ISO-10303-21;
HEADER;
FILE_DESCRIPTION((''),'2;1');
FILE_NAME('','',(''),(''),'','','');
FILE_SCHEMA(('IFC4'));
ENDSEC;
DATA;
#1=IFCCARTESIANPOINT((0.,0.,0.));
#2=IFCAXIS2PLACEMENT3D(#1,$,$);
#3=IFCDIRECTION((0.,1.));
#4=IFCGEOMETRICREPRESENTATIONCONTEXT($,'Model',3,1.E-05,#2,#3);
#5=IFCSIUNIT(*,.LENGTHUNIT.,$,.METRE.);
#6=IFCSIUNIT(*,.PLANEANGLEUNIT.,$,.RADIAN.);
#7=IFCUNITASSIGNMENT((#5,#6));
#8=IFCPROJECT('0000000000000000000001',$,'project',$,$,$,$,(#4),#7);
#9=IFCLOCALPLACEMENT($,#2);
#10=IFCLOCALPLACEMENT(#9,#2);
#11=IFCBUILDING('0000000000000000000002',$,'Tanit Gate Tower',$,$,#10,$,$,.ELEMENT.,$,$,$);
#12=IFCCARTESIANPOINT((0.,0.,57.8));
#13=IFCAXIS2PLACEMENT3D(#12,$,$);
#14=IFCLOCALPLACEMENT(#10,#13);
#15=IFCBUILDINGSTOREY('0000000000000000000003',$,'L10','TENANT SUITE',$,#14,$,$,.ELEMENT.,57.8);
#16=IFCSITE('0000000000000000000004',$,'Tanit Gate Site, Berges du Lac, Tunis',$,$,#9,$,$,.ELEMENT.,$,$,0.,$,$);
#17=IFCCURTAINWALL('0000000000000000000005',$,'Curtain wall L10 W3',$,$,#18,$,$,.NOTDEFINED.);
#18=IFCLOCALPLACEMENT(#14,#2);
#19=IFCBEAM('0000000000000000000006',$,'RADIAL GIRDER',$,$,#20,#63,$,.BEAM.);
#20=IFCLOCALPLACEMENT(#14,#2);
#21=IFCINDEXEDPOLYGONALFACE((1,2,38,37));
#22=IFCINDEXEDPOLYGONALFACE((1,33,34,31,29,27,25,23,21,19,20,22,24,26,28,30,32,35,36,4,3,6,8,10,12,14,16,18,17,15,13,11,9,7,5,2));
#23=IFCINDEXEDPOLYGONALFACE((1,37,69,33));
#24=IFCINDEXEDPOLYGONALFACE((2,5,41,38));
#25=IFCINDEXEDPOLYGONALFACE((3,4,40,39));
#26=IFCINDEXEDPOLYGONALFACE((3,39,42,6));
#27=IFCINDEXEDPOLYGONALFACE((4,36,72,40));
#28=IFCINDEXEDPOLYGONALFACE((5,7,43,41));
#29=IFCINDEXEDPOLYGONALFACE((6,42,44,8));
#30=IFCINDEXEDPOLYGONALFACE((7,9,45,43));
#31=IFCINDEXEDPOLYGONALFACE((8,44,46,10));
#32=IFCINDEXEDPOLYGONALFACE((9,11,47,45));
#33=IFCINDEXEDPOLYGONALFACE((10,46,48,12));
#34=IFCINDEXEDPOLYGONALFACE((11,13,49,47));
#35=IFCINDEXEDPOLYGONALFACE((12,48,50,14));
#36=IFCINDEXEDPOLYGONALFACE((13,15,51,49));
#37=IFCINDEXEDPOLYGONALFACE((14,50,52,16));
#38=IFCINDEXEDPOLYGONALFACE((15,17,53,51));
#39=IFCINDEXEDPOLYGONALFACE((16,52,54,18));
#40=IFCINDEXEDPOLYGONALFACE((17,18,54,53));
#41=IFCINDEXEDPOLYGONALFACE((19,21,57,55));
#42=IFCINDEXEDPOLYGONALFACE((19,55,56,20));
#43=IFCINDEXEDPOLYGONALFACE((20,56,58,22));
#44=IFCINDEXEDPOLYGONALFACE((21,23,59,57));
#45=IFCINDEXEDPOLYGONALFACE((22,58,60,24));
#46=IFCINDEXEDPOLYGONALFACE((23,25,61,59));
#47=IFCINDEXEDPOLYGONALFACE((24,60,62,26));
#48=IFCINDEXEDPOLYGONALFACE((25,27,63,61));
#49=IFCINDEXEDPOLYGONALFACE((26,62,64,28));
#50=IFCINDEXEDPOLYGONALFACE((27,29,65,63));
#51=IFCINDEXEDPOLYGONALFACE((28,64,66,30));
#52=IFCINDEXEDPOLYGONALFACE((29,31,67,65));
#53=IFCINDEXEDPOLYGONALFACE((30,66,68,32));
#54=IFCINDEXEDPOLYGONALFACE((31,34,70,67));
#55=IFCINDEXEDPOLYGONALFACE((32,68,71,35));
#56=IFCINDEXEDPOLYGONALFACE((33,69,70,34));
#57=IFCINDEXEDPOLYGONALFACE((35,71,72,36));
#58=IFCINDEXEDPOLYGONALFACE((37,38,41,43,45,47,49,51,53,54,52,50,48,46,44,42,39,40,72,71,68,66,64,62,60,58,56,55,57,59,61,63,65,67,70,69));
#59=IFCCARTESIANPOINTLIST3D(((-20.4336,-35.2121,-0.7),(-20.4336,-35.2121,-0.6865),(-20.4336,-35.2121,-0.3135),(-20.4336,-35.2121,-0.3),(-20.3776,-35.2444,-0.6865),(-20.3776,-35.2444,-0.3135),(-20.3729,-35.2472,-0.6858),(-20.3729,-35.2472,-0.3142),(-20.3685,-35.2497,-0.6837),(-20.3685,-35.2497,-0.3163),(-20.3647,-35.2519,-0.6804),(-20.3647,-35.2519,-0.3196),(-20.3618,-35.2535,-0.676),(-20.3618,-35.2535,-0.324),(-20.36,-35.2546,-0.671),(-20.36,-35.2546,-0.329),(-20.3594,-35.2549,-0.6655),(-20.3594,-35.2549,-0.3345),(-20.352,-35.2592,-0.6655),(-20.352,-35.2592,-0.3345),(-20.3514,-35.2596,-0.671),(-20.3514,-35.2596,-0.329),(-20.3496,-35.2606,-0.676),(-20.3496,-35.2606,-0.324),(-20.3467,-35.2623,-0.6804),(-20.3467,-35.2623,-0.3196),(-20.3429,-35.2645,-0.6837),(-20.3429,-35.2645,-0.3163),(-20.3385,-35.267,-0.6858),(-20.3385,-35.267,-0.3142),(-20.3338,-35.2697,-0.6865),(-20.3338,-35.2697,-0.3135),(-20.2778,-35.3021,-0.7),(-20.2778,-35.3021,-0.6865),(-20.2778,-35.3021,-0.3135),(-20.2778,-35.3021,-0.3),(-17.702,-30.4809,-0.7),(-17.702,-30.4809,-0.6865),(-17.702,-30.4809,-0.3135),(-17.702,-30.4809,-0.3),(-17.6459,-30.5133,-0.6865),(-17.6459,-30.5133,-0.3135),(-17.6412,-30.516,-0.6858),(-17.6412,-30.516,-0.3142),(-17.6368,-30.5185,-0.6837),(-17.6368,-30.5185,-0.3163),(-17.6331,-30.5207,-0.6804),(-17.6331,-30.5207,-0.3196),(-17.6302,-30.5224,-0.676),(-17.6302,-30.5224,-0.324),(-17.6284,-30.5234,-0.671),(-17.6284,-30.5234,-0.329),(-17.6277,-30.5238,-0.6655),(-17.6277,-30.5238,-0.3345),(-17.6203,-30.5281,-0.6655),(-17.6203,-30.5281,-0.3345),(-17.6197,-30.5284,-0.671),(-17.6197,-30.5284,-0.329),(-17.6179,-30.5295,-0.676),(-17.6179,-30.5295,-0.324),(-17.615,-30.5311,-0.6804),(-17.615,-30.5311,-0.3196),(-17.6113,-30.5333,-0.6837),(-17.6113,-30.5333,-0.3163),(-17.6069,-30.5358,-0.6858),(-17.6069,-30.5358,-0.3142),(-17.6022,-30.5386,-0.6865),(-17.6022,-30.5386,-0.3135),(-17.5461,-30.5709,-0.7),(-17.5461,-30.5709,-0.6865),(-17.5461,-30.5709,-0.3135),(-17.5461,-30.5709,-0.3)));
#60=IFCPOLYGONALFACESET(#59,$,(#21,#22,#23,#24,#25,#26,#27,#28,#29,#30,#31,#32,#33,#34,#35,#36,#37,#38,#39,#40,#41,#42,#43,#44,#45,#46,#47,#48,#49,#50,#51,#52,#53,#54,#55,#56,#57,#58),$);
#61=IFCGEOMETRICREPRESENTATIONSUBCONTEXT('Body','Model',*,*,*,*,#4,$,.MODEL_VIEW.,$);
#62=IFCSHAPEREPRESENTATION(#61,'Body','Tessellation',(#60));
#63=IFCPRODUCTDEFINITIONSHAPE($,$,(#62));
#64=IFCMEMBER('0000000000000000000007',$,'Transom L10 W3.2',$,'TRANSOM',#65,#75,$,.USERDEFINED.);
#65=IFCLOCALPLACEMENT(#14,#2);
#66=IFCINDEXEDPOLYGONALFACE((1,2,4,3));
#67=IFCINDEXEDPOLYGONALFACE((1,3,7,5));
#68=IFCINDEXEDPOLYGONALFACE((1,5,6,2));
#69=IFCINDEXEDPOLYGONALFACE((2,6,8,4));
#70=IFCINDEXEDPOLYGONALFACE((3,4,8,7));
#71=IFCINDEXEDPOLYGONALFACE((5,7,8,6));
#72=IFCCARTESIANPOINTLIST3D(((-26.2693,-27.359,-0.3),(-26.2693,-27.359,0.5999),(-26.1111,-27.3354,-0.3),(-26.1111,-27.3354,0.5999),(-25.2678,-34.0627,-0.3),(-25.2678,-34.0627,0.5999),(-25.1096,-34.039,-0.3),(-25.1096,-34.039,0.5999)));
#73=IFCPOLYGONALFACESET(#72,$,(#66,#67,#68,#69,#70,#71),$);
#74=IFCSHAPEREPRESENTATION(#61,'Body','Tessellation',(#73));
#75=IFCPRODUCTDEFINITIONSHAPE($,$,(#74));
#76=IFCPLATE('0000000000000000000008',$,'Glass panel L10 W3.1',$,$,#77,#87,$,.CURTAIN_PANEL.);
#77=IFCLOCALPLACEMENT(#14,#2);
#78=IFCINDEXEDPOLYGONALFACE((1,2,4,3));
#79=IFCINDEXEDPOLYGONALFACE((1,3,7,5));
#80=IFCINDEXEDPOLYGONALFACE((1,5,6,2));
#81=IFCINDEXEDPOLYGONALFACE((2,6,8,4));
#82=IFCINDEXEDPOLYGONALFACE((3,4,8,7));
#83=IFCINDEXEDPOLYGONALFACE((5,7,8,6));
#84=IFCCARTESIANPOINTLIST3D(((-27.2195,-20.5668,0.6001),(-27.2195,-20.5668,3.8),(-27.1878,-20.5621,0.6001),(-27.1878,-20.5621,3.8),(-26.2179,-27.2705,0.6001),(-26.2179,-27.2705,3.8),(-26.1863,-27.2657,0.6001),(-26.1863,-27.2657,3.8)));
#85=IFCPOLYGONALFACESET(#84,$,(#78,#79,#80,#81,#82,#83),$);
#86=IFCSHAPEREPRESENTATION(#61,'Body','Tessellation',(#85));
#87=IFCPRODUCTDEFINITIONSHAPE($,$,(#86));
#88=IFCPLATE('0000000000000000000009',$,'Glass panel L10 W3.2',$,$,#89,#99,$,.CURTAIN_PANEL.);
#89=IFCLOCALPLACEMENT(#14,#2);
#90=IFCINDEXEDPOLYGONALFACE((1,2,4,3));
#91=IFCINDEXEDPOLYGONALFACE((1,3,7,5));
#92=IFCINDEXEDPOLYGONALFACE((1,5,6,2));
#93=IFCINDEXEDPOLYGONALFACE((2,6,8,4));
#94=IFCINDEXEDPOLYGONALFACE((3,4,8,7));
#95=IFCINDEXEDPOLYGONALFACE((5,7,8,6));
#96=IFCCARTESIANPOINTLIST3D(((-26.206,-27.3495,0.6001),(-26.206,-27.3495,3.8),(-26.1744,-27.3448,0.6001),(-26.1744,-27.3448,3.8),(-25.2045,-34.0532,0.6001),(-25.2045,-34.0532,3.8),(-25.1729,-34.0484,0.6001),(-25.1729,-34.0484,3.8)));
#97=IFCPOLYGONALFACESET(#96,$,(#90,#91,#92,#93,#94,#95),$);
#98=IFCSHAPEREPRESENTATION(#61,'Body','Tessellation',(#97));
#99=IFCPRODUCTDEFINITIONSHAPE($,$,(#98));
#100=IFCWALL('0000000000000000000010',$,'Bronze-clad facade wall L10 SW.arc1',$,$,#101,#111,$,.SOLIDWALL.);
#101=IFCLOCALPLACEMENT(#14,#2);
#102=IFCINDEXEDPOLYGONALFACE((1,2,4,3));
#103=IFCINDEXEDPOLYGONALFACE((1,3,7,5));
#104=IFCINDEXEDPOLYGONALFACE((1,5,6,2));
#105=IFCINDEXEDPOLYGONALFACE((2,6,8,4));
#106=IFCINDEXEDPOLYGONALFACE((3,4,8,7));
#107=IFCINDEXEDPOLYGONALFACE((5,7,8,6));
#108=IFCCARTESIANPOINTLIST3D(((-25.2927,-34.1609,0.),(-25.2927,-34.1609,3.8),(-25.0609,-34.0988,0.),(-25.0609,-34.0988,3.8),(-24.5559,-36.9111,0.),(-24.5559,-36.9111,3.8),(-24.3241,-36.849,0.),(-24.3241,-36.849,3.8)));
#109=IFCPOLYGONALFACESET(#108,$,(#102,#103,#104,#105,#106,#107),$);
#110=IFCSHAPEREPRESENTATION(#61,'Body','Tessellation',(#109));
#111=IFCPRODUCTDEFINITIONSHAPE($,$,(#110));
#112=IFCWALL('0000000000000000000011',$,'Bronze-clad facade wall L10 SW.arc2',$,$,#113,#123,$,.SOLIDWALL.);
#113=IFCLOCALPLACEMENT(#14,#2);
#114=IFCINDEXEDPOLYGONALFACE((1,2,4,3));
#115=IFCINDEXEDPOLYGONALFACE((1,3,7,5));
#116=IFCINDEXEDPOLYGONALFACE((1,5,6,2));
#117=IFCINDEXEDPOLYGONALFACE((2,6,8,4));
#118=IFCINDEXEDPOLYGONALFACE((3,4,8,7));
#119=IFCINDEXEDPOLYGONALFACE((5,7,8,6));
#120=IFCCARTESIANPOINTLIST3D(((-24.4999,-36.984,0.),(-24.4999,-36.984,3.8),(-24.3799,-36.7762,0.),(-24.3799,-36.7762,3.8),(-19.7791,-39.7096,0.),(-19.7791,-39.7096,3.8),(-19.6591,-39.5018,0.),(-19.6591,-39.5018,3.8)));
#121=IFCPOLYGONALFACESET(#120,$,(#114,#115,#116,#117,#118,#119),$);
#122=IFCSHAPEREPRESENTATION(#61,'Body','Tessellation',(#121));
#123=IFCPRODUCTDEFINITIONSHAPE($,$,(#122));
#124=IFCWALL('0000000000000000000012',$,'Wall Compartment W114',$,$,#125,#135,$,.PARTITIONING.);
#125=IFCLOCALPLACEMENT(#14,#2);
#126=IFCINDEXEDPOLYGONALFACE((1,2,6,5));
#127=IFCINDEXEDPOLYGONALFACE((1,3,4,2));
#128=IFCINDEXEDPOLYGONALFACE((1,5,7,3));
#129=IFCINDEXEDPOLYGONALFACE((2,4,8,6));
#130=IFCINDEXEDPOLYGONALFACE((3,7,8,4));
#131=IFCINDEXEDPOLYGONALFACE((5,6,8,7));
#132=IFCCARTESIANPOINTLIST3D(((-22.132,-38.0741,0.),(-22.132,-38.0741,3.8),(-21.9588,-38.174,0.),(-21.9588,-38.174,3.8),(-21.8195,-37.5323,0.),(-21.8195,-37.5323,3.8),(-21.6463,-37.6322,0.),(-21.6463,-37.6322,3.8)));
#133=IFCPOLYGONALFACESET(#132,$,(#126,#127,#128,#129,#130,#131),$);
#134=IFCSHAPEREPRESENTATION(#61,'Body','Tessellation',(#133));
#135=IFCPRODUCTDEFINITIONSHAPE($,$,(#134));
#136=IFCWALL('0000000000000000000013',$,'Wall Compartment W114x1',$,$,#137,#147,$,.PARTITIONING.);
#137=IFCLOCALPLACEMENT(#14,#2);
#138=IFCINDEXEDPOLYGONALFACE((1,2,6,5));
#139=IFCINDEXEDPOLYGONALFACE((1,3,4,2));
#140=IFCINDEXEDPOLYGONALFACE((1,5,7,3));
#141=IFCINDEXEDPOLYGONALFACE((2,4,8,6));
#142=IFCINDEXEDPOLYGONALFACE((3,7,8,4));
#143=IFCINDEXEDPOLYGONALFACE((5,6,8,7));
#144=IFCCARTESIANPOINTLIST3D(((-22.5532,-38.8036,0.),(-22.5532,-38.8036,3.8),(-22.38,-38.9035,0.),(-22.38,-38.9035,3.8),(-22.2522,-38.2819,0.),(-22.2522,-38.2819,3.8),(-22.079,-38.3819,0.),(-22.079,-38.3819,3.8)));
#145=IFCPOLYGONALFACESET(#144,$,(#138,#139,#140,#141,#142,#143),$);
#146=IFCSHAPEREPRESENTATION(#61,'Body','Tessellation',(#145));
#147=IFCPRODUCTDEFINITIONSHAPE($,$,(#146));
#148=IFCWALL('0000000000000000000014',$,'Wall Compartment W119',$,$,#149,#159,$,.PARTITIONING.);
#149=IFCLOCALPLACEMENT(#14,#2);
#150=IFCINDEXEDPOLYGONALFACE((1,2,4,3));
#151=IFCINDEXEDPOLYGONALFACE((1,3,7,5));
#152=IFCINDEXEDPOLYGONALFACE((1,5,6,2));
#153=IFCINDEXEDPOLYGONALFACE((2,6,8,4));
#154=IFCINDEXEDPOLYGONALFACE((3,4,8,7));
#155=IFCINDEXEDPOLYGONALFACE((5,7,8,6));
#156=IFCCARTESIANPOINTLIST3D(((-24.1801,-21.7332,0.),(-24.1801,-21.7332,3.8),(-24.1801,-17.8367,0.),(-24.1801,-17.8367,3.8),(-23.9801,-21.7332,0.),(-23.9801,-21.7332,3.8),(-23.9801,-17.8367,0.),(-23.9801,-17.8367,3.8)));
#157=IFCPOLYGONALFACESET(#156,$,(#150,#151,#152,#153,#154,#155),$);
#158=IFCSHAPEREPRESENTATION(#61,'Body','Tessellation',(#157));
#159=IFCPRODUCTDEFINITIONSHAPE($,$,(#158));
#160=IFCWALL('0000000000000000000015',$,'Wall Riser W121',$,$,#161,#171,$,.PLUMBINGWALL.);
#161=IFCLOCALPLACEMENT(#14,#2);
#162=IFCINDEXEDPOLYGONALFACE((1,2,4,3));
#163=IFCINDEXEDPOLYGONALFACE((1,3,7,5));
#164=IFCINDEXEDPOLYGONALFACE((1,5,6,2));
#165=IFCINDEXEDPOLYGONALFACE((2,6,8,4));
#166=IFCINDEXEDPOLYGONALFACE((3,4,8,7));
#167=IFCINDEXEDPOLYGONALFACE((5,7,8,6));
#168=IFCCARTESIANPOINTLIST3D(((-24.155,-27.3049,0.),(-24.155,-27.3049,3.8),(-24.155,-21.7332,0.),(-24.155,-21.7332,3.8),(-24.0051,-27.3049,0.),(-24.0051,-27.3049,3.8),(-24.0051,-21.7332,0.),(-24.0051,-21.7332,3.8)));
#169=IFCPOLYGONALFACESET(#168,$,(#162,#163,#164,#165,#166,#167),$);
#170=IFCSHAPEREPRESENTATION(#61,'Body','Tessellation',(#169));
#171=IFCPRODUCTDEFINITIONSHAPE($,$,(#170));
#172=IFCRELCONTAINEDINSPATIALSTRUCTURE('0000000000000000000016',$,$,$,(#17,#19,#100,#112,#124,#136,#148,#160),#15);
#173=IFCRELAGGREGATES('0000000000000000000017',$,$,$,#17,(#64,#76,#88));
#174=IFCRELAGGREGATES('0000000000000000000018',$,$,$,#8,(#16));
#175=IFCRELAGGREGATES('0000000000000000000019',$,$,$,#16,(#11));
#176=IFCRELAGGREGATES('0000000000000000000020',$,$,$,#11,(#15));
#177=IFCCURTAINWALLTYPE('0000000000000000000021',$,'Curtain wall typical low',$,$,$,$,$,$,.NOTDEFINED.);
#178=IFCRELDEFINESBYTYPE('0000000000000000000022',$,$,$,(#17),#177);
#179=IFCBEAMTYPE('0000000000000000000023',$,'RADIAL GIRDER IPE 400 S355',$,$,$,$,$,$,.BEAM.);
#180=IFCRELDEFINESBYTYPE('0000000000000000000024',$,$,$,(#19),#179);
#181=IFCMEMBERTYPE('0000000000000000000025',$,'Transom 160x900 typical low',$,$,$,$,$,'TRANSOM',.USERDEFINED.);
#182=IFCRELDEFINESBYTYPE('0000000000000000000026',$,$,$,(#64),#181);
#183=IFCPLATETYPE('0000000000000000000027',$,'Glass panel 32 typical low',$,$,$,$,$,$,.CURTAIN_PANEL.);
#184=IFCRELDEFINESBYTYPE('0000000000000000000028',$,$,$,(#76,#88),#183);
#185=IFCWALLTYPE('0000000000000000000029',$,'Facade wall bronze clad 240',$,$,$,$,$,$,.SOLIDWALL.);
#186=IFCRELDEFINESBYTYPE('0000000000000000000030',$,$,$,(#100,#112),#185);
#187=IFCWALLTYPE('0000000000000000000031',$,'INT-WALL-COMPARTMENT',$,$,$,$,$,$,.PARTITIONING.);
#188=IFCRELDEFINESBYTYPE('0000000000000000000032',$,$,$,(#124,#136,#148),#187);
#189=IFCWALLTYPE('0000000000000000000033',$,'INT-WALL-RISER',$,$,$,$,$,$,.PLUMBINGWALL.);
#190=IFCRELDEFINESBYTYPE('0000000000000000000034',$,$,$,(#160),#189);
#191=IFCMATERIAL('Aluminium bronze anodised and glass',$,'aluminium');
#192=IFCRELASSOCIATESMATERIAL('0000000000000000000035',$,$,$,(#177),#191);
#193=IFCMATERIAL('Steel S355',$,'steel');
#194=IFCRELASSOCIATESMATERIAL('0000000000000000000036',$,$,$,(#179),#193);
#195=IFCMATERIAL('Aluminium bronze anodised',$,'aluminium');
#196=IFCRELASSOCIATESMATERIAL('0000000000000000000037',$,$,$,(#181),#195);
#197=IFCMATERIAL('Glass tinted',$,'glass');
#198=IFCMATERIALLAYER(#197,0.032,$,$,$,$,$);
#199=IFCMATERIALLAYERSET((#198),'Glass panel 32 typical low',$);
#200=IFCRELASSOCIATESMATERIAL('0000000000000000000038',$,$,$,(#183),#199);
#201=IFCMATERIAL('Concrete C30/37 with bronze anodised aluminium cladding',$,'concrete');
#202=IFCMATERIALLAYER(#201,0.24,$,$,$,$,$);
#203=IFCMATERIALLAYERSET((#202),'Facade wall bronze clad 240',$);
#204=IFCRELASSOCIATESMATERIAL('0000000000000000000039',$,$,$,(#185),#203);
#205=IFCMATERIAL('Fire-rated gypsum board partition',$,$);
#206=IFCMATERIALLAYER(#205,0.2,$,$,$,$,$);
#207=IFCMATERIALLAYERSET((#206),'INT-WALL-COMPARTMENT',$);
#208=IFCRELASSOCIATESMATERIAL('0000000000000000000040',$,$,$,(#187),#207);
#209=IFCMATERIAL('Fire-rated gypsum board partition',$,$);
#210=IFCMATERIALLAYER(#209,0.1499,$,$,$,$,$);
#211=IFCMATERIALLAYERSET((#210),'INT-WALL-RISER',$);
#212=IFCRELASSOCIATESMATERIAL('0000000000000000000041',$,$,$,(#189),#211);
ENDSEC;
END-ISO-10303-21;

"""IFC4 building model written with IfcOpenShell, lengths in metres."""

from ifc_helpers import new_model, si_unit, direction, frame, frame_2d, origin, origin_2d, place, context, subcontext, project, spatial, rectangle, i_section, extrude, material, layer, layer_set, material_profile, profile_set, type_object, element, aggregate, save


model = new_model("IFC4")

# Units and contexts
model_context = context("Model", 3, precision=1e-05, world=origin(), true_north=direction((0.0, 1.0)))
body_context = subcontext(model_context, "Body", "Model", "MODEL_VIEW")
ifc_project = project(units=[si_unit("LENGTHUNIT", "METRE"), si_unit("PLANEANGLEUNIT", "RADIAN")], contexts=[model_context])

# Site, building, storey
site_placement = place(None, origin())
site = spatial("IfcSite", under=ifc_project, at=site_placement, Name="Tanit Gate Site, Berges du Lac, Tunis", CompositionType="ELEMENT", RefElevation=0.0)
building_placement = place(site_placement, origin())
building = spatial("IfcBuilding", under=site, at=building_placement, Name="Tanit Gate Tower", CompositionType="ELEMENT")
storey_placement = place(building_placement, frame((0.0, 0.0, 57.8)))
storey = spatial("IfcBuildingStorey", under=building, at=storey_placement, Name="L10", Description="TENANT SUITE", CompositionType="ELEMENT", Elevation=57.8)

# Curtain wall
ifc_material_1 = material(Name="Aluminium bronze anodised and glass", Category="aluminium")
curtain_wall_type = type_object("IfcCurtainWallType", Name="Curtain wall typical low", PredefinedType="NOTDEFINED", material=ifc_material_1)
curtain_wall_placement = place(storey_placement, origin())
curtain_wall = element("IfcCurtainWall", 1, at=curtain_wall_placement, inside=storey, type_object=curtain_wall_type, Name="Curtain wall L10 W3", PredefinedType="NOTDEFINED")

# Beam
ifc_material_2 = material(Name="Steel S355", Category="steel")
ifc_material_profile_1 = material_profile(ifc_material_2, i_section(OverallWidth=0.1799, OverallDepth=0.3999, WebThickness=0.0085, FlangeThickness=0.0134, FilletRadius=0.021, at=origin_2d()), Name="IPE 400")
ifc_profile_set_1 = profile_set([ifc_material_profile_1], Name="Steel S355")
beam_type_1 = type_object("IfcBeamType", Name="RADIAL GIRDER IPE 400 S355", PredefinedType="BEAM", material=ifc_profile_set_1)
beam_1_placement = place(storey_placement, frame((-20.3557, -35.2571, -0.5), z_axis=(0.500018, 0.866015, 0.0), x_axis=(-0.866015, 0.500018, 0.0)))
element("IfcBeam", 2, at=beam_1_placement, inside=storey, type_object=beam_type_1, Name="RADIAL GIRDER", PredefinedType="BEAM", context=body_context, shape_type="SweptSolid", body=[
    extrude(i_section(OverallWidth=0.1799, OverallDepth=0.3999, WebThickness=0.0085, FlangeThickness=0.0134, FilletRadius=0.021, at=origin_2d()), origin(), (0.0, 0.0, 1.0), 5.4631),
])

# Member
ifc_material_3 = material(Name="Aluminium bronze anodised", Category="aluminium")
ifc_material_profile_2 = material_profile(ifc_material_3, rectangle(XDim=0.1599, YDim=0.8999, at=origin_2d()), Name="160x900 bronze transom")
ifc_profile_set_2 = profile_set([ifc_material_profile_2], Name="Aluminium bronze anodised")
member_type_1 = type_object("IfcMemberType", Name="Transom 160x900 typical low", ElementType="TRANSOM", PredefinedType="USERDEFINED", material=ifc_profile_set_2)
member_1_placement = place(storey_placement, frame((-26.1902, -27.3472, 0.1499), z_axis=(0.147752, -0.989024, 0.0), x_axis=(0.989024, 0.147752, 0.0)))
member_1 = element("IfcMember", 3, at=member_1_placement, type_object=member_type_1, Name="Transom L10 W3.2", ObjectType="TRANSOM", PredefinedType="USERDEFINED", context=body_context, shape_type="SweptSolid", body=[
    extrude(rectangle(XDim=0.1599, YDim=0.8999, at=origin_2d()), origin(), (0.0, 0.0, 1.0), 6.7781),
])

# Plates
ifc_material_4 = material(Name="Glass tinted", Category="glass")
ifc_layer_1 = layer(ifc_material_4, 0.032)
ifc_layer_set_1 = layer_set([ifc_layer_1], Name="Glass panel 32 typical low")
plate_type = type_object("IfcPlateType", Name="Glass panel 32 typical low", PredefinedType="CURTAIN_PANEL", material=ifc_layer_set_1)
plate_1_placement = place(storey_placement, frame((-26.7029, -23.9163, 0.6001), z_axis=(0.0, 0.0, 1.0), x_axis=(0.14776, -0.989023, 0.0)))
plate_1 = element("IfcPlate", 4, at=plate_1_placement, type_object=plate_type, Name="Glass panel L10 W3.1", PredefinedType="CURTAIN_PANEL", context=body_context, shape_type="SweptSolid", body=[
    extrude(rectangle(XDim=6.7781, YDim=0.032, at=origin_2d()), origin(), (0.0, 0.0, 1.0), 3.2),
])
plate_2_placement = place(storey_placement, frame((-25.6895, -30.699, 0.6001), z_axis=(0.0, 0.0, 1.0), x_axis=(0.14776, -0.989023, 0.0)))
plate_2 = element("IfcPlate", 5, at=plate_2_placement, type_object=plate_type, Name="Glass panel L10 W3.2", PredefinedType="CURTAIN_PANEL", context=body_context, shape_type="SweptSolid", body=[
    extrude(rectangle(XDim=6.7781, YDim=0.032, at=origin_2d()), origin(), (0.0, 0.0, 1.0), 3.2),
])
aggregate(curtain_wall, [member_1, plate_1, plate_2])

# Walls
ifc_material_5 = material(Name="Concrete C30/37 with bronze anodised aluminium cladding", Category="concrete")
ifc_layer_2 = layer(ifc_material_5, 0.24)
ifc_layer_set_2 = layer_set([ifc_layer_2], Name="Facade wall bronze clad 240")
wall_type_1 = type_object("IfcWallType", Name="Facade wall bronze clad 240", PredefinedType="SOLIDWALL", material=ifc_layer_set_2)
wall_1_placement = place(storey_placement, frame((-25.1768, -34.1299, 0.0), z_axis=(0.0, 0.0, 1.0), x_axis=(0.258783, -0.965935, 0.0)))
element("IfcWall", 6, at=wall_1_placement, inside=storey, type_object=wall_type_1, Name="Bronze-clad facade wall L10 SW.arc1", PredefinedType="SOLIDWALL", context=body_context, shape_type="SweptSolid", body=[
    extrude(rectangle(XDim=2.8472, YDim=0.24, at=frame_2d((1.4236, 0.0))), origin(), (0.0, 0.0, 1.0), 3.8),
])
wall_2_placement = place(storey_placement, frame((-24.4399, -36.8801, 0.0), z_axis=(0.0, 0.0, 1.0), x_axis=(0.86603, -0.499993, 0.0)))
element("IfcWall", 7, at=wall_2_placement, inside=storey, type_object=wall_type_1, Name="Bronze-clad facade wall L10 SW.arc2", PredefinedType="SOLIDWALL", context=body_context, shape_type="SweptSolid", body=[
    extrude(rectangle(XDim=5.4512, YDim=0.24, at=frame_2d((2.7256, 0.0))), origin(), (0.0, 0.0, 1.0), 3.8),
])
ifc_material_6 = material(Name="Fire-rated gypsum board partition")
ifc_layer_3 = layer(ifc_material_6, 0.2)
ifc_layer_set_3 = layer_set([ifc_layer_3], Name="INT-WALL-COMPARTMENT")
wall_type_2 = type_object("IfcWallType", Name="INT-WALL-COMPARTMENT", PredefinedType="PARTITIONING", material=ifc_layer_set_3)
wall_3_placement = place(storey_placement, frame((-21.7329, -37.5823, 0.0), z_axis=(0.0, 0.0, 1.0), x_axis=(-0.499666, -0.866218, 0.0)))
element("IfcWall", 8, at=wall_3_placement, inside=storey, type_object=wall_type_2, Name="Wall Compartment W114", PredefinedType="PARTITIONING", context=body_context, shape_type="SweptSolid", body=[
    extrude(rectangle(XDim=0.6255, YDim=0.2, at=frame_2d((0.3127, 0.0))), origin(), (0.0, 0.0, 1.0), 3.8),
])
wall_4_placement = place(storey_placement, frame((-22.1655, -38.3318, 0.0), z_axis=(0.0, 0.0, 1.0), x_axis=(-0.499758, -0.866165, 0.0)))
element("IfcWall", 9, at=wall_4_placement, inside=storey, type_object=wall_type_2, Name="Wall Compartment W114x1", PredefinedType="PARTITIONING", context=body_context, shape_type="SweptSolid", body=[
    extrude(rectangle(XDim=0.6023, YDim=0.2, at=frame_2d((0.3013, 0.0))), origin(), (0.0, 0.0, 1.0), 3.8),
])
wall_5_placement = place(storey_placement, frame((-24.0801, -21.7332, 0.0), z_axis=(0.0, 0.0, 1.0), x_axis=(0.0, 1.0, 0.0)))
element("IfcWall", 10, at=wall_5_placement, inside=storey, type_object=wall_type_2, Name="Wall Compartment W119", PredefinedType="PARTITIONING", context=body_context, shape_type="SweptSolid", body=[
    extrude(rectangle(XDim=3.8965, YDim=0.2, at=frame_2d((1.9482, 0.0))), origin(), (0.0, 0.0, 1.0), 3.8),
])
ifc_material_7 = material(Name="Fire-rated gypsum board partition")
ifc_layer_4 = layer(ifc_material_7, 0.1499)
ifc_layer_set_4 = layer_set([ifc_layer_4], Name="INT-WALL-RISER")
wall_type_3 = type_object("IfcWallType", Name="INT-WALL-RISER", PredefinedType="PLUMBINGWALL", material=ifc_layer_set_4)
wall_6_placement = place(storey_placement, frame((-24.0801, -27.3049, 0.0), z_axis=(0.0, 0.0, 1.0), x_axis=(0.0, 1.0, 0.0)))
element("IfcWall", 11, at=wall_6_placement, inside=storey, type_object=wall_type_3, Name="Wall Riser W121", PredefinedType="PLUMBINGWALL", context=body_context, shape_type="SweptSolid", body=[
    extrude(rectangle(XDim=5.5718, YDim=0.1499, at=frame_2d((2.7859, 0.0))), origin(), (0.0, 0.0, 1.0), 3.8),
])

save(model, "model.ifc")
